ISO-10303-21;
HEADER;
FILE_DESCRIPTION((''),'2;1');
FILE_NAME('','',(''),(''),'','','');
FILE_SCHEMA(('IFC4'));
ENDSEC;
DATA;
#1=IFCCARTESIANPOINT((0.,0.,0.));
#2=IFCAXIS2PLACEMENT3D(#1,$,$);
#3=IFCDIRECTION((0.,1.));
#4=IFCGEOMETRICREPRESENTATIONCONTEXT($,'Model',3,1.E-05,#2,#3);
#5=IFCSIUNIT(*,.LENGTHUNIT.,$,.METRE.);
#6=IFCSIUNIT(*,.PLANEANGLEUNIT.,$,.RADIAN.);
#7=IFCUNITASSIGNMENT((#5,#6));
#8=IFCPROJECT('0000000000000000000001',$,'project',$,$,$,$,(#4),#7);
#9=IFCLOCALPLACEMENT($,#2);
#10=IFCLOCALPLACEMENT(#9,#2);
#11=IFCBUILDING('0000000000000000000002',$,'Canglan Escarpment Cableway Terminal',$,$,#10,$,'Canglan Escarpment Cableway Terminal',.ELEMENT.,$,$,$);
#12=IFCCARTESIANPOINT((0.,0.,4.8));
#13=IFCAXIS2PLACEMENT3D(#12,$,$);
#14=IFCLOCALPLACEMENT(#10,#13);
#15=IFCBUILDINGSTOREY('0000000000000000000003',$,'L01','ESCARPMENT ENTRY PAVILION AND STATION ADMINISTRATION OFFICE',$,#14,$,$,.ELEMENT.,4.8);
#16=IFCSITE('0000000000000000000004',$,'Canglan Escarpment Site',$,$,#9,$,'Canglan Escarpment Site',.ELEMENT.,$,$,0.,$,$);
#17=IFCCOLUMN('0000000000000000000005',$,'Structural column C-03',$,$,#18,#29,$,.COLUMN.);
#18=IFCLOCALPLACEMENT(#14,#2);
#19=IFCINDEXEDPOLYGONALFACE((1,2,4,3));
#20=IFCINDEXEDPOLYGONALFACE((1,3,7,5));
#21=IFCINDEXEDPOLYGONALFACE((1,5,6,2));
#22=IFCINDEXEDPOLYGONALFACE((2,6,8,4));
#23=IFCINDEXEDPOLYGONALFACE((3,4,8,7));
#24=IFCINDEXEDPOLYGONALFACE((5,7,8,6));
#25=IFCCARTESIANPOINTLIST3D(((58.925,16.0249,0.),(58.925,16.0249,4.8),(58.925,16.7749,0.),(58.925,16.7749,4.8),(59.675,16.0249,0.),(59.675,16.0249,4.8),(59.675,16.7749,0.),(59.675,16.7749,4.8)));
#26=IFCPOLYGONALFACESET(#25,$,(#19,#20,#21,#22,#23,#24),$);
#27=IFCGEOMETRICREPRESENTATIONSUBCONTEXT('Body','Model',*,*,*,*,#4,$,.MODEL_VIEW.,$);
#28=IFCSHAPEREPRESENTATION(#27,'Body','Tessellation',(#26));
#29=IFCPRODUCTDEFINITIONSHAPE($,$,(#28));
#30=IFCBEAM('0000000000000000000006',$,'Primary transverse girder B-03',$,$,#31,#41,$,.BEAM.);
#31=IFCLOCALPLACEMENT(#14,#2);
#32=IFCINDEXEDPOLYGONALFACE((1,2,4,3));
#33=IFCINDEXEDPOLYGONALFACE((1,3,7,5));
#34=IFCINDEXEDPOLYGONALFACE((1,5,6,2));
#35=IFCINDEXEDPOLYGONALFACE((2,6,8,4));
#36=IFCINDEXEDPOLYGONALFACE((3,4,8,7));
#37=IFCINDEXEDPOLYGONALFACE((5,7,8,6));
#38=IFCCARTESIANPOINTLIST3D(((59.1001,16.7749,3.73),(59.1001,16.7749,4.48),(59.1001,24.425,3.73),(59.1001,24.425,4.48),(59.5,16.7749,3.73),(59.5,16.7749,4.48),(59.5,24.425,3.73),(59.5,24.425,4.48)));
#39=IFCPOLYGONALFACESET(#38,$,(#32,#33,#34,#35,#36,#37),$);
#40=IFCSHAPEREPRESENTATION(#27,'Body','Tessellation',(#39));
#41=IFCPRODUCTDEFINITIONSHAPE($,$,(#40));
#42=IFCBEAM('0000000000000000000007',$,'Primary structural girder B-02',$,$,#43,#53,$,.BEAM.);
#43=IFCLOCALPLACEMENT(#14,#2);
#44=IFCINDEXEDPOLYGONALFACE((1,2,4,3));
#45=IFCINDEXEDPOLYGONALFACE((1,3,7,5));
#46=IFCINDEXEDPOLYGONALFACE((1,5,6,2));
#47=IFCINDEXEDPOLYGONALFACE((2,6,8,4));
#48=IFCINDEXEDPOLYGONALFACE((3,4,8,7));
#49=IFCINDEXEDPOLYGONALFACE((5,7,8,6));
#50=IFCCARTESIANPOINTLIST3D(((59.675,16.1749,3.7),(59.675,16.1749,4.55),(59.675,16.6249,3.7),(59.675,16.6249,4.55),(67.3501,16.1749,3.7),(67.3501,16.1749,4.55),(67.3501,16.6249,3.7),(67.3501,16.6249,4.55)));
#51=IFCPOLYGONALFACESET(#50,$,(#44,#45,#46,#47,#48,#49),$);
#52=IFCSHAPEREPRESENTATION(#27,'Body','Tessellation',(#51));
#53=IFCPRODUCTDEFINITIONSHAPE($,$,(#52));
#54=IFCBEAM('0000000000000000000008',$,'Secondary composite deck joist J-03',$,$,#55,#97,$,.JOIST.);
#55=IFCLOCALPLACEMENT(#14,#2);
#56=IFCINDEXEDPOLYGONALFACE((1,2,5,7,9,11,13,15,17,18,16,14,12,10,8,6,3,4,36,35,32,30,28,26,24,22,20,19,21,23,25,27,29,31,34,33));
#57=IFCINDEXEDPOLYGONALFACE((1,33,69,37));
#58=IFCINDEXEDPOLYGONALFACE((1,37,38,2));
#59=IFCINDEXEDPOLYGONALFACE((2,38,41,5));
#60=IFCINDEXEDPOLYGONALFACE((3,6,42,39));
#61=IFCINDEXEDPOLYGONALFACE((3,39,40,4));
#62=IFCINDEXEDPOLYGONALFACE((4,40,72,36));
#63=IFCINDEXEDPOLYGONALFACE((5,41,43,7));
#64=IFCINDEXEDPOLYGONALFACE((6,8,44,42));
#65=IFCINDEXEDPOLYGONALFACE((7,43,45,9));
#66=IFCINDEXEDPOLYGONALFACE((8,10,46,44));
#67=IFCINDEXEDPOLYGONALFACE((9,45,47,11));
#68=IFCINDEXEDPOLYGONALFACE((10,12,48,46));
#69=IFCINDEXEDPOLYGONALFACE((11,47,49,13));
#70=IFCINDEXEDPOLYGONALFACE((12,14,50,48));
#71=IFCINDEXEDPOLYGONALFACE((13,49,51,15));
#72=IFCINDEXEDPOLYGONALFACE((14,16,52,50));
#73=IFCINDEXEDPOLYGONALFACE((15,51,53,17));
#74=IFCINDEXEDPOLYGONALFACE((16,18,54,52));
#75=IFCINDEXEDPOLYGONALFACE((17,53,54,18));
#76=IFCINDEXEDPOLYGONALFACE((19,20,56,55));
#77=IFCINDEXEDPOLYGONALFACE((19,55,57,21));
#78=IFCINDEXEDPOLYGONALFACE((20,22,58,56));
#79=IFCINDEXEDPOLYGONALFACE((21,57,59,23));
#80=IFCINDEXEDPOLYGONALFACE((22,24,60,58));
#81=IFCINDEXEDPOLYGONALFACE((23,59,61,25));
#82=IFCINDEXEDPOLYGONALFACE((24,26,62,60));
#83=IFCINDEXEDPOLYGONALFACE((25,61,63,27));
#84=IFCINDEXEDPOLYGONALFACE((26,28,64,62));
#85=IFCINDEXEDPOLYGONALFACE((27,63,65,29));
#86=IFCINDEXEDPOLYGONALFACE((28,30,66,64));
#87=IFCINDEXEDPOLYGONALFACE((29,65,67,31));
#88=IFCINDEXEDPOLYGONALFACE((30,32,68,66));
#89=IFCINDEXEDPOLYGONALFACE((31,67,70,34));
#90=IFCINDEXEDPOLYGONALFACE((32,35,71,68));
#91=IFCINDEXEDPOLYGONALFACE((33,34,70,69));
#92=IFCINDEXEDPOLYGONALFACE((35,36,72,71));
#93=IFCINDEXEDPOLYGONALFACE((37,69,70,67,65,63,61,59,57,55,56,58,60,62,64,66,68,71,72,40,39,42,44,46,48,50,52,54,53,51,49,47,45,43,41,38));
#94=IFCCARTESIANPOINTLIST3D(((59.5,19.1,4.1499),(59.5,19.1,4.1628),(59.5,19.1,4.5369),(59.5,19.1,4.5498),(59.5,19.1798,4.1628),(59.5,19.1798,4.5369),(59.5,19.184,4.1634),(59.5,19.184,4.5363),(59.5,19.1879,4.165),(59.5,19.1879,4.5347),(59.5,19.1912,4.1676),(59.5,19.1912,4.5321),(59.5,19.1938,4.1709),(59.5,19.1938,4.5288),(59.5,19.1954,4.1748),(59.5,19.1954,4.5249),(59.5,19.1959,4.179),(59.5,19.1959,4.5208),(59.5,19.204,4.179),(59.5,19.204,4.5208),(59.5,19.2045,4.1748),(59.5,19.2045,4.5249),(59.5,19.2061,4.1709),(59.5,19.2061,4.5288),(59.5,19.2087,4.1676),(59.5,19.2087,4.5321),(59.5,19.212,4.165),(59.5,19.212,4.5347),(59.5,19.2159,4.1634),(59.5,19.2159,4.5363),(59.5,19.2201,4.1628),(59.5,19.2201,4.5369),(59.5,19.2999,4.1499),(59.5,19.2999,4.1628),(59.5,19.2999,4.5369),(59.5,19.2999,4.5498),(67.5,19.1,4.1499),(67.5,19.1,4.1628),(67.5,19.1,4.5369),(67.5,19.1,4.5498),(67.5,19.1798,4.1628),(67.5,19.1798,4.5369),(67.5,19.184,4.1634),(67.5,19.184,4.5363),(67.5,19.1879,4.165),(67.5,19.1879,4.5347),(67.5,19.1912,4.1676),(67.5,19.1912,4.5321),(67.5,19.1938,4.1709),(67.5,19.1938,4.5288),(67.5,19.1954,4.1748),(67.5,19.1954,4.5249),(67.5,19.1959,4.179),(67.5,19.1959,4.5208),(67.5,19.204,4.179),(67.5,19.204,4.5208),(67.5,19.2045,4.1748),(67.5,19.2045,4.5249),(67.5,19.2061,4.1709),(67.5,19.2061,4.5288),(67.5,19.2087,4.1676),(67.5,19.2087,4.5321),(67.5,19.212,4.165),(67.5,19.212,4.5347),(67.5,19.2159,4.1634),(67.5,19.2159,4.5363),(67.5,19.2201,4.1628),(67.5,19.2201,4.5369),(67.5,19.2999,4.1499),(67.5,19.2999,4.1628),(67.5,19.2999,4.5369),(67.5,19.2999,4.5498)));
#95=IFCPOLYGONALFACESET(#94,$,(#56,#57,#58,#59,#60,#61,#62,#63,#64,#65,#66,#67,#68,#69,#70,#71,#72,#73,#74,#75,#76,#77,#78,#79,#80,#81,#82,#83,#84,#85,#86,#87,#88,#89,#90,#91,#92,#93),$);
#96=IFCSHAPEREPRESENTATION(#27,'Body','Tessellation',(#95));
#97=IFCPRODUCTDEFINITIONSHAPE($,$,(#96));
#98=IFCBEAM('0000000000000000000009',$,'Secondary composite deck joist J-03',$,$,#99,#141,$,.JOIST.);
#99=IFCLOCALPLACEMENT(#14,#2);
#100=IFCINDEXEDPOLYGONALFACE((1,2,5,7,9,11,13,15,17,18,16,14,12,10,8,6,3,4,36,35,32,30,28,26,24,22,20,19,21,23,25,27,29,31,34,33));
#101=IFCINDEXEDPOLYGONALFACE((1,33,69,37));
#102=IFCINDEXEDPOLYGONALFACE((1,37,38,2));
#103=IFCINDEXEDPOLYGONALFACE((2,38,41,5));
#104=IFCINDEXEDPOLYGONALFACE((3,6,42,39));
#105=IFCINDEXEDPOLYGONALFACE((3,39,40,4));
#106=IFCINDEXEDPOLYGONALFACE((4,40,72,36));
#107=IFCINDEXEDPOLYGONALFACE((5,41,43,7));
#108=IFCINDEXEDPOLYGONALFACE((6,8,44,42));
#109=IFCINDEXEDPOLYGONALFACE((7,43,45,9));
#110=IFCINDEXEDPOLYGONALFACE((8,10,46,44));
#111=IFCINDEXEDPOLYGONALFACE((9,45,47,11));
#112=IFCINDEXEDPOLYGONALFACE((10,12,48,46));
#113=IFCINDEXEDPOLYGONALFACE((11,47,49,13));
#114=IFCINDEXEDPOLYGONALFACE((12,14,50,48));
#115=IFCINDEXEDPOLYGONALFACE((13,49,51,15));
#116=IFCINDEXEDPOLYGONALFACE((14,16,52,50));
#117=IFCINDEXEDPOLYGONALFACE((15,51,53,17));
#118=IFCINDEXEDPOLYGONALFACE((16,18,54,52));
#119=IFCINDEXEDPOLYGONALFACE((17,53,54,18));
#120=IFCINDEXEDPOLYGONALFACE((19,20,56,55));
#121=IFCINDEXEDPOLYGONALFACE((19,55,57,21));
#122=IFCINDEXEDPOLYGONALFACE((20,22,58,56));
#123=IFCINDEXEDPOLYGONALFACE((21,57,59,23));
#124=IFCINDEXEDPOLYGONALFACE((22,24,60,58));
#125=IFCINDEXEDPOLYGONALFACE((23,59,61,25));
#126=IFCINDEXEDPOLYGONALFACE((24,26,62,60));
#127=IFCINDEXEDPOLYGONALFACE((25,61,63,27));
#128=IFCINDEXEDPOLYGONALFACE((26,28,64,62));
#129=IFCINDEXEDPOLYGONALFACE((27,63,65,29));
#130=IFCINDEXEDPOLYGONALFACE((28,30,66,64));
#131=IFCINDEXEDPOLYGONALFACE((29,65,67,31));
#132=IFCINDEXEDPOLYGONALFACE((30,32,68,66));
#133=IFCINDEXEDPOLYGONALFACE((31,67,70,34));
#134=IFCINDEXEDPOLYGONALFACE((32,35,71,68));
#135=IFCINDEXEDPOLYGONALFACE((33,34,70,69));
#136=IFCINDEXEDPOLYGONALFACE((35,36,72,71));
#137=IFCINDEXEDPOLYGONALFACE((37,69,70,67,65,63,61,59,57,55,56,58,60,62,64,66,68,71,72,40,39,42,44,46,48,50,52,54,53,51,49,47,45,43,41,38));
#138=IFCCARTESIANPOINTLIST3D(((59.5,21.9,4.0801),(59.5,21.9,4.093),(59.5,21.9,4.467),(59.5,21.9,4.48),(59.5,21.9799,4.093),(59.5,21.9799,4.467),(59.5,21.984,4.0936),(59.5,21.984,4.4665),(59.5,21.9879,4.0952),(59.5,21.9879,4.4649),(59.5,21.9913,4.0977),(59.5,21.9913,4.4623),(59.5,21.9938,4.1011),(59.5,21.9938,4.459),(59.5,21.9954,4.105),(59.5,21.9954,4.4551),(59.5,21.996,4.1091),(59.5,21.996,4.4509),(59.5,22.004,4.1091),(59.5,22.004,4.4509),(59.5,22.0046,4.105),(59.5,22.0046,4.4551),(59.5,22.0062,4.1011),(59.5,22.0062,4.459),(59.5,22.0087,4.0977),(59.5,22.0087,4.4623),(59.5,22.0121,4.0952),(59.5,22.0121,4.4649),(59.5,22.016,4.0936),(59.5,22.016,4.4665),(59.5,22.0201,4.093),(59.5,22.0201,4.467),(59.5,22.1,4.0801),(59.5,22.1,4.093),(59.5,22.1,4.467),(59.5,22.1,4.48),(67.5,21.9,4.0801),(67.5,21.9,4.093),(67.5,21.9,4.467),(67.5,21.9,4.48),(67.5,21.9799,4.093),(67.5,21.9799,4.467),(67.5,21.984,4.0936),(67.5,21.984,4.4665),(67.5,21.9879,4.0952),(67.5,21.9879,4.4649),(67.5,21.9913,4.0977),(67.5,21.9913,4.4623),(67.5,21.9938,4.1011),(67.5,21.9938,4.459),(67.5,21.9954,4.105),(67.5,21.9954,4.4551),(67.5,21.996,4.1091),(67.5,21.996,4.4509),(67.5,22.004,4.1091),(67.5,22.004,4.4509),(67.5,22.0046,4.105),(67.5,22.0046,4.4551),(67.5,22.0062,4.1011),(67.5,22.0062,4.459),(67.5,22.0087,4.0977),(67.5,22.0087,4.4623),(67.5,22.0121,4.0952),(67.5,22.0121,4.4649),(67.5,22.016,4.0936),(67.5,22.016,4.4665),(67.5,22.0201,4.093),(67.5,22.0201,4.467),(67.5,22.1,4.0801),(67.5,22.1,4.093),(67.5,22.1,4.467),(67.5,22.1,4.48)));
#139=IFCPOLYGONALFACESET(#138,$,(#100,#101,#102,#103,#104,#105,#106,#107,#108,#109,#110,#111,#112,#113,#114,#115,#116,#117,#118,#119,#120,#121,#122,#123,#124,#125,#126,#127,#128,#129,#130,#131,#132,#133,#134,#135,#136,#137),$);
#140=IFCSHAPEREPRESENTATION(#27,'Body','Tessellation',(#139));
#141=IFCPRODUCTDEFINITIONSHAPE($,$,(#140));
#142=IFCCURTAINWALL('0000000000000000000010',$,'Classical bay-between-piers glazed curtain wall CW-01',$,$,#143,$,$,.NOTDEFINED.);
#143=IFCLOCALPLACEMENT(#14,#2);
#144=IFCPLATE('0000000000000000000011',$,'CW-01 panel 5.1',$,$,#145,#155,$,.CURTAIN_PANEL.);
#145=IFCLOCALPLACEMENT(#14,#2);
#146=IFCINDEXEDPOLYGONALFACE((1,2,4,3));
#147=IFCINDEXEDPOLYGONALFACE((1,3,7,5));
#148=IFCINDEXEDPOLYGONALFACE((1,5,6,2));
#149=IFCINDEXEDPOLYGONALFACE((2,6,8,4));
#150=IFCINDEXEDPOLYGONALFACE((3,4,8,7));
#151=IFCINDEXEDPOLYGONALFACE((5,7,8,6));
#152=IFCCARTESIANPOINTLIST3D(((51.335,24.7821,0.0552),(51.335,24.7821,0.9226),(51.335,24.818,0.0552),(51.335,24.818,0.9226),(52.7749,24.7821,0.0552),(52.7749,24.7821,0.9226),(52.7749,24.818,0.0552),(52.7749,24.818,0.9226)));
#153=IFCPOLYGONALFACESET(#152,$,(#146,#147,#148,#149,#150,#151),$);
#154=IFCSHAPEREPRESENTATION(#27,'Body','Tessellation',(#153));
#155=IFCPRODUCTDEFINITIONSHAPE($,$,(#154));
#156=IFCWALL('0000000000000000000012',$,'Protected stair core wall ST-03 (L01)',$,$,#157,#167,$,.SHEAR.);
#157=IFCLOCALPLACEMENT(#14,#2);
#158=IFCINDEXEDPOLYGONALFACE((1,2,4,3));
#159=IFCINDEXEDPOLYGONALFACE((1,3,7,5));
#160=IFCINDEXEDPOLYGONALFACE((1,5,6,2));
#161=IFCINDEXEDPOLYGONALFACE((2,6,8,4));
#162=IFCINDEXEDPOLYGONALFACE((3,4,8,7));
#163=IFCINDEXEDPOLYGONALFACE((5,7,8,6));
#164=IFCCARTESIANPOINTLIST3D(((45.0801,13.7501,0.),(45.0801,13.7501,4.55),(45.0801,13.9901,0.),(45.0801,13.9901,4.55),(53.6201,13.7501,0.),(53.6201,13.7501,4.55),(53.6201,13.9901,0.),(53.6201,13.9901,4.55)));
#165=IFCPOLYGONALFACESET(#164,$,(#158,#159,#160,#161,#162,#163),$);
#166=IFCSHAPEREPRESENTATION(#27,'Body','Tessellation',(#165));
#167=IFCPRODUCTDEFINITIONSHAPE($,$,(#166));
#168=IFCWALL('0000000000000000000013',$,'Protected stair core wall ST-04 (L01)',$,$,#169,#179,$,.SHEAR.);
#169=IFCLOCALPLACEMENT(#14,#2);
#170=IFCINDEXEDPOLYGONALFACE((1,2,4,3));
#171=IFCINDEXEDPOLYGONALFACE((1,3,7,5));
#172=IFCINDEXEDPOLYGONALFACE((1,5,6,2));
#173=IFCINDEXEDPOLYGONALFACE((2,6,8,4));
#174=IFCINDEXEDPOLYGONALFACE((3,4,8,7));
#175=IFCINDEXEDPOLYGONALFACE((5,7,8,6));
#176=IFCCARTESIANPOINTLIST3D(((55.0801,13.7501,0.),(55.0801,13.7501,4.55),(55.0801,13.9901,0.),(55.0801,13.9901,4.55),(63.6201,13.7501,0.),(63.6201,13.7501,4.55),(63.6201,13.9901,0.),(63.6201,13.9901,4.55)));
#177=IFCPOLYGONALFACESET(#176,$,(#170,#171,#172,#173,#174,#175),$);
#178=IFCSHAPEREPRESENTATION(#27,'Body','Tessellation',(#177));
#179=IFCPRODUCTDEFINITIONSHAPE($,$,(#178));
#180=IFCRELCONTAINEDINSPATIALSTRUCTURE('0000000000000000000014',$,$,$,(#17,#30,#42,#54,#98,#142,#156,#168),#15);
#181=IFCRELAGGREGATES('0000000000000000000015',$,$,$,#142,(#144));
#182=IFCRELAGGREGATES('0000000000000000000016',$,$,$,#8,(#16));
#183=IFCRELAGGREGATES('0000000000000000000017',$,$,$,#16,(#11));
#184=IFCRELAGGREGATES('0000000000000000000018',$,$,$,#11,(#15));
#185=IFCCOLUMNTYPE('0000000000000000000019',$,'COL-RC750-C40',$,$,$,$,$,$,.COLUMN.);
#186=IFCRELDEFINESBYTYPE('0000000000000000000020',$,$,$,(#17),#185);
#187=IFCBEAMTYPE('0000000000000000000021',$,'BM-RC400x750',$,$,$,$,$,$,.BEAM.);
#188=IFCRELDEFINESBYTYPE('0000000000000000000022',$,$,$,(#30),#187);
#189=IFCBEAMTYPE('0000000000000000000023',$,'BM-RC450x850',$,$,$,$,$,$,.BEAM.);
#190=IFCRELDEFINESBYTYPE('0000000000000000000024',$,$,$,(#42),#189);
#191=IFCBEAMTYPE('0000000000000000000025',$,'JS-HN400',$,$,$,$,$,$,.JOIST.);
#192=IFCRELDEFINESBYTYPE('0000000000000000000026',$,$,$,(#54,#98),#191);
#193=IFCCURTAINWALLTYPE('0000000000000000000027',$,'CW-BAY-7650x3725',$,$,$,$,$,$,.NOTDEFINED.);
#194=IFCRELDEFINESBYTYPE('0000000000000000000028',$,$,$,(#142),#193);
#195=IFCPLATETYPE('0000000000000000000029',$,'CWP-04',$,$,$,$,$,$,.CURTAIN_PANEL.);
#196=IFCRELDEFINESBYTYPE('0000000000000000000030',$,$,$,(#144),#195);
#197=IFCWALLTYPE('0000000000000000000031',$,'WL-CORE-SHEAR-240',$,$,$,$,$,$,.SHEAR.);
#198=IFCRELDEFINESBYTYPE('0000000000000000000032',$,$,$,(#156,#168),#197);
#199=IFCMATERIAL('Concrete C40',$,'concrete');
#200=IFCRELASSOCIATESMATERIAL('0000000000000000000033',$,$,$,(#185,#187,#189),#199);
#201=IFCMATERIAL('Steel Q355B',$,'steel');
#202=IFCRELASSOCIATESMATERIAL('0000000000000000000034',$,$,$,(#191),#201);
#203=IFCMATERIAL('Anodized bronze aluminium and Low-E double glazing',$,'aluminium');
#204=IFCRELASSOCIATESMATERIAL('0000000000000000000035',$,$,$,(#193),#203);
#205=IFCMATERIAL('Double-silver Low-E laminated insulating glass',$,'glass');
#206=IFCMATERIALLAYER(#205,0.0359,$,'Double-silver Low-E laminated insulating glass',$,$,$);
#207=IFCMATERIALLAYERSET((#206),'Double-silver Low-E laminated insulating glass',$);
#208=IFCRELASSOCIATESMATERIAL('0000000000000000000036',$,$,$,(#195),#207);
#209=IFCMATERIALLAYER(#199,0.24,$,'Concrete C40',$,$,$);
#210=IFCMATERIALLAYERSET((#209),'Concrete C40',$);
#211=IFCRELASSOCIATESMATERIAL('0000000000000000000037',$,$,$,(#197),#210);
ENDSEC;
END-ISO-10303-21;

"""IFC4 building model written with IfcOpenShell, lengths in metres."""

from ifc_helpers import new_model, si_unit, direction, frame, frame_2d, origin, origin_2d, place, context, subcontext, project, spatial, rectangle, i_section, extrude, material, layer, layer_set, material_profile, profile_set, type_object, element, aggregate, save


model = new_model("IFC4")

# Units and contexts
model_context = context("Model", 3, precision=1e-05, world=origin(), true_north=direction((0.0, 1.0)))
body_context = subcontext(model_context, "Body", "Model", "MODEL_VIEW")
ifc_project = project(units=[si_unit("LENGTHUNIT", "METRE"), si_unit("PLANEANGLEUNIT", "RADIAN")], contexts=[model_context])

# Site, building, storey
site_placement = place(None, origin())
site = spatial("IfcSite", under=ifc_project, at=site_placement, Name="Canglan Escarpment Site", LongName="Canglan Escarpment Site", CompositionType="ELEMENT", RefElevation=0.0)
building_placement = place(site_placement, origin())
building = spatial("IfcBuilding", under=site, at=building_placement, Name="Canglan Escarpment Cableway Terminal", LongName="Canglan Escarpment Cableway Terminal", CompositionType="ELEMENT")
storey_placement = place(building_placement, frame((0.0, 0.0, 4.8)))
storey = spatial("IfcBuildingStorey", under=building, at=storey_placement, Name="L01", Description="ESCARPMENT ENTRY PAVILION AND STATION ADMINISTRATION OFFICE", CompositionType="ELEMENT", Elevation=4.8)

# Column
ifc_material_1 = material(Name="Concrete C40", Category="concrete")
ifc_material_profile_1 = material_profile(ifc_material_1, rectangle(XDim=0.75, YDim=0.75, at=origin_2d()), Name="RC 750x750")
ifc_profile_set_1 = profile_set([ifc_material_profile_1], Name="Concrete C40")
column_type = type_object("IfcColumnType", Name="COL-RC750-C40", PredefinedType="COLUMN", material=ifc_profile_set_1)
column_placement = place(storey_placement, frame((59.3, 16.3999, 0.0), z_axis=(0.0, 0.0, 1.0), x_axis=(1.0, 0.0, 0.0)))
element("IfcColumn", 1, at=column_placement, inside=storey, type_object=column_type, Name="Structural column C-03", PredefinedType="COLUMN", context=body_context, shape_type="SweptSolid", body=[
    extrude(rectangle(XDim=0.75, YDim=0.75, at=origin_2d()), origin(), (0.0, 0.0, 1.0), 4.8),
])

# Beams
ifc_material_profile_2 = material_profile(ifc_material_1, rectangle(XDim=0.3999, YDim=0.75, at=origin_2d()), Name="RC 400x750")
ifc_profile_set_2 = profile_set([ifc_material_profile_2], Name="Concrete C40")
beam_type_1 = type_object("IfcBeamType", Name="BM-RC400x750", PredefinedType="BEAM", material=ifc_profile_set_2)
beam_1_placement = place(storey_placement, frame((59.3, 16.7749, 4.105), z_axis=(0.0, 1.0, 0.0), x_axis=(-1.0, 0.0, 0.0)))
element("IfcBeam", 2, at=beam_1_placement, inside=storey, type_object=beam_type_1, Name="Primary transverse girder B-03", PredefinedType="BEAM", context=body_context, shape_type="SweptSolid", body=[
    extrude(rectangle(XDim=0.3999, YDim=0.75, at=origin_2d()), origin(), (0.0, 0.0, 1.0), 7.6501),
])
ifc_material_profile_3 = material_profile(ifc_material_1, rectangle(XDim=0.45, YDim=0.8501, at=origin_2d()), Name="RC 450x850")
ifc_profile_set_3 = profile_set([ifc_material_profile_3], Name="Concrete C40")
beam_type_2 = type_object("IfcBeamType", Name="BM-RC450x850", PredefinedType="BEAM", material=ifc_profile_set_3)
beam_2_placement = place(storey_placement, frame((59.675, 16.3999, 4.125), z_axis=(1.0, 0.0, 0.0), x_axis=(0.0, 1.0, 0.0)))
element("IfcBeam", 3, at=beam_2_placement, inside=storey, type_object=beam_type_2, Name="Primary structural girder B-02", PredefinedType="BEAM", context=body_context, shape_type="SweptSolid", body=[
    extrude(rectangle(XDim=0.45, YDim=0.8501, at=origin_2d()), origin(), (0.0, 0.0, 1.0), 7.675),
])
ifc_material_2 = material(Name="Steel Q355B", Category="steel")
ifc_material_profile_4 = material_profile(ifc_material_2, i_section(OverallWidth=0.2, OverallDepth=0.3999, WebThickness=0.0081, FlangeThickness=0.0129, FilletRadius=0.0161, at=origin_2d()), Name="HN 400x200x8x13")
ifc_profile_set_4 = profile_set([ifc_material_profile_4], Name="Steel Q355B")
beam_type_3 = type_object("IfcBeamType", Name="JS-HN400", PredefinedType="JOIST", material=ifc_profile_set_4)
for number, where, z_axis, x_axis, name in (
    (4, (59.5, 19.2, 4.3499), (1.0, 0.0, 0.0), (0.0, 1.0, 0.0), "Secondary composite deck joist J-03"),
    (5, (59.5, 22.0, 4.28), (1.0, 0.0, 0.0), (0.0, 1.0, 0.0), "Secondary composite deck joist J-03"),
):
    element("IfcBeam", number, at=place(storey_placement, frame(where, z_axis=z_axis, x_axis=x_axis)), inside=storey, type_object=beam_type_3, Name=name, PredefinedType="JOIST", context=body_context, shape_type="SweptSolid", body=[
        extrude(i_section(OverallWidth=0.2, OverallDepth=0.3999, WebThickness=0.0081, FlangeThickness=0.0129, FilletRadius=0.0161, at=origin_2d()), origin(), (0.0, 0.0, 1.0), 8.0),
    ])

# Curtain wall, plate
ifc_material_3 = material(Name="Anodized bronze aluminium and Low-E double glazing", Category="aluminium")
curtain_wall_type = type_object("IfcCurtainWallType", Name="CW-BAY-7650x3725", PredefinedType="NOTDEFINED", material=ifc_material_3)
curtain_wall_placement = place(storey_placement, origin())
curtain_wall = element("IfcCurtainWall", 6, at=curtain_wall_placement, inside=storey, type_object=curtain_wall_type, Name="Classical bay-between-piers glazed curtain wall CW-01", PredefinedType="NOTDEFINED")
ifc_material_4 = material(Name="Double-silver Low-E laminated insulating glass", Category="glass")
ifc_layer_1 = layer(ifc_material_4, 0.0359, Name="Double-silver Low-E laminated insulating glass")
ifc_layer_set_1 = layer_set([ifc_layer_1], Name="Double-silver Low-E laminated insulating glass")
plate_type = type_object("IfcPlateType", Name="CWP-04", PredefinedType="CURTAIN_PANEL", material=ifc_layer_set_1)
plate_placement = place(storey_placement, frame((52.0549, 24.8, 0.0552), z_axis=(0.0, 0.0, 1.0), x_axis=(-1.0, 0.0, 0.0)))
plate = element("IfcPlate", 7, at=plate_placement, type_object=plate_type, Name="CW-01 panel 5.1", PredefinedType="CURTAIN_PANEL", context=body_context, shape_type="SweptSolid", body=[
    extrude(rectangle(XDim=1.4399, YDim=0.0359, at=origin_2d()), origin(), (0.0, 0.0, 1.0), 0.8674),
])
aggregate(curtain_wall, [plate])

# Walls
ifc_layer_2 = layer(ifc_material_1, 0.24, Name="Concrete C40")
ifc_layer_set_2 = layer_set([ifc_layer_2], Name="Concrete C40")
wall_type_1 = type_object("IfcWallType", Name="WL-CORE-SHEAR-240", PredefinedType="SHEAR", material=ifc_layer_set_2)
for number, where, z_axis, x_axis, name in (
    (8, (53.6201, 13.8701, 0.0), (0.0, 0.0, 1.0), (-1.0, 0.0, 0.0), "Protected stair core wall ST-03 (L01)"),
    (9, (63.6201, 13.8701, 0.0), (0.0, 0.0, 1.0), (-1.0, 0.0, 0.0), "Protected stair core wall ST-04 (L01)"),
):
    element("IfcWall", number, at=place(storey_placement, frame(where, z_axis=z_axis, x_axis=x_axis)), inside=storey, type_object=wall_type_1, Name=name, PredefinedType="SHEAR", context=body_context, shape_type="SweptSolid", body=[
        extrude(rectangle(XDim=8.54, YDim=0.24, at=frame_2d((4.27, 0.0))), origin(), (0.0, 0.0, 1.0), 4.55),
    ])

save(model, "model.ifc")
